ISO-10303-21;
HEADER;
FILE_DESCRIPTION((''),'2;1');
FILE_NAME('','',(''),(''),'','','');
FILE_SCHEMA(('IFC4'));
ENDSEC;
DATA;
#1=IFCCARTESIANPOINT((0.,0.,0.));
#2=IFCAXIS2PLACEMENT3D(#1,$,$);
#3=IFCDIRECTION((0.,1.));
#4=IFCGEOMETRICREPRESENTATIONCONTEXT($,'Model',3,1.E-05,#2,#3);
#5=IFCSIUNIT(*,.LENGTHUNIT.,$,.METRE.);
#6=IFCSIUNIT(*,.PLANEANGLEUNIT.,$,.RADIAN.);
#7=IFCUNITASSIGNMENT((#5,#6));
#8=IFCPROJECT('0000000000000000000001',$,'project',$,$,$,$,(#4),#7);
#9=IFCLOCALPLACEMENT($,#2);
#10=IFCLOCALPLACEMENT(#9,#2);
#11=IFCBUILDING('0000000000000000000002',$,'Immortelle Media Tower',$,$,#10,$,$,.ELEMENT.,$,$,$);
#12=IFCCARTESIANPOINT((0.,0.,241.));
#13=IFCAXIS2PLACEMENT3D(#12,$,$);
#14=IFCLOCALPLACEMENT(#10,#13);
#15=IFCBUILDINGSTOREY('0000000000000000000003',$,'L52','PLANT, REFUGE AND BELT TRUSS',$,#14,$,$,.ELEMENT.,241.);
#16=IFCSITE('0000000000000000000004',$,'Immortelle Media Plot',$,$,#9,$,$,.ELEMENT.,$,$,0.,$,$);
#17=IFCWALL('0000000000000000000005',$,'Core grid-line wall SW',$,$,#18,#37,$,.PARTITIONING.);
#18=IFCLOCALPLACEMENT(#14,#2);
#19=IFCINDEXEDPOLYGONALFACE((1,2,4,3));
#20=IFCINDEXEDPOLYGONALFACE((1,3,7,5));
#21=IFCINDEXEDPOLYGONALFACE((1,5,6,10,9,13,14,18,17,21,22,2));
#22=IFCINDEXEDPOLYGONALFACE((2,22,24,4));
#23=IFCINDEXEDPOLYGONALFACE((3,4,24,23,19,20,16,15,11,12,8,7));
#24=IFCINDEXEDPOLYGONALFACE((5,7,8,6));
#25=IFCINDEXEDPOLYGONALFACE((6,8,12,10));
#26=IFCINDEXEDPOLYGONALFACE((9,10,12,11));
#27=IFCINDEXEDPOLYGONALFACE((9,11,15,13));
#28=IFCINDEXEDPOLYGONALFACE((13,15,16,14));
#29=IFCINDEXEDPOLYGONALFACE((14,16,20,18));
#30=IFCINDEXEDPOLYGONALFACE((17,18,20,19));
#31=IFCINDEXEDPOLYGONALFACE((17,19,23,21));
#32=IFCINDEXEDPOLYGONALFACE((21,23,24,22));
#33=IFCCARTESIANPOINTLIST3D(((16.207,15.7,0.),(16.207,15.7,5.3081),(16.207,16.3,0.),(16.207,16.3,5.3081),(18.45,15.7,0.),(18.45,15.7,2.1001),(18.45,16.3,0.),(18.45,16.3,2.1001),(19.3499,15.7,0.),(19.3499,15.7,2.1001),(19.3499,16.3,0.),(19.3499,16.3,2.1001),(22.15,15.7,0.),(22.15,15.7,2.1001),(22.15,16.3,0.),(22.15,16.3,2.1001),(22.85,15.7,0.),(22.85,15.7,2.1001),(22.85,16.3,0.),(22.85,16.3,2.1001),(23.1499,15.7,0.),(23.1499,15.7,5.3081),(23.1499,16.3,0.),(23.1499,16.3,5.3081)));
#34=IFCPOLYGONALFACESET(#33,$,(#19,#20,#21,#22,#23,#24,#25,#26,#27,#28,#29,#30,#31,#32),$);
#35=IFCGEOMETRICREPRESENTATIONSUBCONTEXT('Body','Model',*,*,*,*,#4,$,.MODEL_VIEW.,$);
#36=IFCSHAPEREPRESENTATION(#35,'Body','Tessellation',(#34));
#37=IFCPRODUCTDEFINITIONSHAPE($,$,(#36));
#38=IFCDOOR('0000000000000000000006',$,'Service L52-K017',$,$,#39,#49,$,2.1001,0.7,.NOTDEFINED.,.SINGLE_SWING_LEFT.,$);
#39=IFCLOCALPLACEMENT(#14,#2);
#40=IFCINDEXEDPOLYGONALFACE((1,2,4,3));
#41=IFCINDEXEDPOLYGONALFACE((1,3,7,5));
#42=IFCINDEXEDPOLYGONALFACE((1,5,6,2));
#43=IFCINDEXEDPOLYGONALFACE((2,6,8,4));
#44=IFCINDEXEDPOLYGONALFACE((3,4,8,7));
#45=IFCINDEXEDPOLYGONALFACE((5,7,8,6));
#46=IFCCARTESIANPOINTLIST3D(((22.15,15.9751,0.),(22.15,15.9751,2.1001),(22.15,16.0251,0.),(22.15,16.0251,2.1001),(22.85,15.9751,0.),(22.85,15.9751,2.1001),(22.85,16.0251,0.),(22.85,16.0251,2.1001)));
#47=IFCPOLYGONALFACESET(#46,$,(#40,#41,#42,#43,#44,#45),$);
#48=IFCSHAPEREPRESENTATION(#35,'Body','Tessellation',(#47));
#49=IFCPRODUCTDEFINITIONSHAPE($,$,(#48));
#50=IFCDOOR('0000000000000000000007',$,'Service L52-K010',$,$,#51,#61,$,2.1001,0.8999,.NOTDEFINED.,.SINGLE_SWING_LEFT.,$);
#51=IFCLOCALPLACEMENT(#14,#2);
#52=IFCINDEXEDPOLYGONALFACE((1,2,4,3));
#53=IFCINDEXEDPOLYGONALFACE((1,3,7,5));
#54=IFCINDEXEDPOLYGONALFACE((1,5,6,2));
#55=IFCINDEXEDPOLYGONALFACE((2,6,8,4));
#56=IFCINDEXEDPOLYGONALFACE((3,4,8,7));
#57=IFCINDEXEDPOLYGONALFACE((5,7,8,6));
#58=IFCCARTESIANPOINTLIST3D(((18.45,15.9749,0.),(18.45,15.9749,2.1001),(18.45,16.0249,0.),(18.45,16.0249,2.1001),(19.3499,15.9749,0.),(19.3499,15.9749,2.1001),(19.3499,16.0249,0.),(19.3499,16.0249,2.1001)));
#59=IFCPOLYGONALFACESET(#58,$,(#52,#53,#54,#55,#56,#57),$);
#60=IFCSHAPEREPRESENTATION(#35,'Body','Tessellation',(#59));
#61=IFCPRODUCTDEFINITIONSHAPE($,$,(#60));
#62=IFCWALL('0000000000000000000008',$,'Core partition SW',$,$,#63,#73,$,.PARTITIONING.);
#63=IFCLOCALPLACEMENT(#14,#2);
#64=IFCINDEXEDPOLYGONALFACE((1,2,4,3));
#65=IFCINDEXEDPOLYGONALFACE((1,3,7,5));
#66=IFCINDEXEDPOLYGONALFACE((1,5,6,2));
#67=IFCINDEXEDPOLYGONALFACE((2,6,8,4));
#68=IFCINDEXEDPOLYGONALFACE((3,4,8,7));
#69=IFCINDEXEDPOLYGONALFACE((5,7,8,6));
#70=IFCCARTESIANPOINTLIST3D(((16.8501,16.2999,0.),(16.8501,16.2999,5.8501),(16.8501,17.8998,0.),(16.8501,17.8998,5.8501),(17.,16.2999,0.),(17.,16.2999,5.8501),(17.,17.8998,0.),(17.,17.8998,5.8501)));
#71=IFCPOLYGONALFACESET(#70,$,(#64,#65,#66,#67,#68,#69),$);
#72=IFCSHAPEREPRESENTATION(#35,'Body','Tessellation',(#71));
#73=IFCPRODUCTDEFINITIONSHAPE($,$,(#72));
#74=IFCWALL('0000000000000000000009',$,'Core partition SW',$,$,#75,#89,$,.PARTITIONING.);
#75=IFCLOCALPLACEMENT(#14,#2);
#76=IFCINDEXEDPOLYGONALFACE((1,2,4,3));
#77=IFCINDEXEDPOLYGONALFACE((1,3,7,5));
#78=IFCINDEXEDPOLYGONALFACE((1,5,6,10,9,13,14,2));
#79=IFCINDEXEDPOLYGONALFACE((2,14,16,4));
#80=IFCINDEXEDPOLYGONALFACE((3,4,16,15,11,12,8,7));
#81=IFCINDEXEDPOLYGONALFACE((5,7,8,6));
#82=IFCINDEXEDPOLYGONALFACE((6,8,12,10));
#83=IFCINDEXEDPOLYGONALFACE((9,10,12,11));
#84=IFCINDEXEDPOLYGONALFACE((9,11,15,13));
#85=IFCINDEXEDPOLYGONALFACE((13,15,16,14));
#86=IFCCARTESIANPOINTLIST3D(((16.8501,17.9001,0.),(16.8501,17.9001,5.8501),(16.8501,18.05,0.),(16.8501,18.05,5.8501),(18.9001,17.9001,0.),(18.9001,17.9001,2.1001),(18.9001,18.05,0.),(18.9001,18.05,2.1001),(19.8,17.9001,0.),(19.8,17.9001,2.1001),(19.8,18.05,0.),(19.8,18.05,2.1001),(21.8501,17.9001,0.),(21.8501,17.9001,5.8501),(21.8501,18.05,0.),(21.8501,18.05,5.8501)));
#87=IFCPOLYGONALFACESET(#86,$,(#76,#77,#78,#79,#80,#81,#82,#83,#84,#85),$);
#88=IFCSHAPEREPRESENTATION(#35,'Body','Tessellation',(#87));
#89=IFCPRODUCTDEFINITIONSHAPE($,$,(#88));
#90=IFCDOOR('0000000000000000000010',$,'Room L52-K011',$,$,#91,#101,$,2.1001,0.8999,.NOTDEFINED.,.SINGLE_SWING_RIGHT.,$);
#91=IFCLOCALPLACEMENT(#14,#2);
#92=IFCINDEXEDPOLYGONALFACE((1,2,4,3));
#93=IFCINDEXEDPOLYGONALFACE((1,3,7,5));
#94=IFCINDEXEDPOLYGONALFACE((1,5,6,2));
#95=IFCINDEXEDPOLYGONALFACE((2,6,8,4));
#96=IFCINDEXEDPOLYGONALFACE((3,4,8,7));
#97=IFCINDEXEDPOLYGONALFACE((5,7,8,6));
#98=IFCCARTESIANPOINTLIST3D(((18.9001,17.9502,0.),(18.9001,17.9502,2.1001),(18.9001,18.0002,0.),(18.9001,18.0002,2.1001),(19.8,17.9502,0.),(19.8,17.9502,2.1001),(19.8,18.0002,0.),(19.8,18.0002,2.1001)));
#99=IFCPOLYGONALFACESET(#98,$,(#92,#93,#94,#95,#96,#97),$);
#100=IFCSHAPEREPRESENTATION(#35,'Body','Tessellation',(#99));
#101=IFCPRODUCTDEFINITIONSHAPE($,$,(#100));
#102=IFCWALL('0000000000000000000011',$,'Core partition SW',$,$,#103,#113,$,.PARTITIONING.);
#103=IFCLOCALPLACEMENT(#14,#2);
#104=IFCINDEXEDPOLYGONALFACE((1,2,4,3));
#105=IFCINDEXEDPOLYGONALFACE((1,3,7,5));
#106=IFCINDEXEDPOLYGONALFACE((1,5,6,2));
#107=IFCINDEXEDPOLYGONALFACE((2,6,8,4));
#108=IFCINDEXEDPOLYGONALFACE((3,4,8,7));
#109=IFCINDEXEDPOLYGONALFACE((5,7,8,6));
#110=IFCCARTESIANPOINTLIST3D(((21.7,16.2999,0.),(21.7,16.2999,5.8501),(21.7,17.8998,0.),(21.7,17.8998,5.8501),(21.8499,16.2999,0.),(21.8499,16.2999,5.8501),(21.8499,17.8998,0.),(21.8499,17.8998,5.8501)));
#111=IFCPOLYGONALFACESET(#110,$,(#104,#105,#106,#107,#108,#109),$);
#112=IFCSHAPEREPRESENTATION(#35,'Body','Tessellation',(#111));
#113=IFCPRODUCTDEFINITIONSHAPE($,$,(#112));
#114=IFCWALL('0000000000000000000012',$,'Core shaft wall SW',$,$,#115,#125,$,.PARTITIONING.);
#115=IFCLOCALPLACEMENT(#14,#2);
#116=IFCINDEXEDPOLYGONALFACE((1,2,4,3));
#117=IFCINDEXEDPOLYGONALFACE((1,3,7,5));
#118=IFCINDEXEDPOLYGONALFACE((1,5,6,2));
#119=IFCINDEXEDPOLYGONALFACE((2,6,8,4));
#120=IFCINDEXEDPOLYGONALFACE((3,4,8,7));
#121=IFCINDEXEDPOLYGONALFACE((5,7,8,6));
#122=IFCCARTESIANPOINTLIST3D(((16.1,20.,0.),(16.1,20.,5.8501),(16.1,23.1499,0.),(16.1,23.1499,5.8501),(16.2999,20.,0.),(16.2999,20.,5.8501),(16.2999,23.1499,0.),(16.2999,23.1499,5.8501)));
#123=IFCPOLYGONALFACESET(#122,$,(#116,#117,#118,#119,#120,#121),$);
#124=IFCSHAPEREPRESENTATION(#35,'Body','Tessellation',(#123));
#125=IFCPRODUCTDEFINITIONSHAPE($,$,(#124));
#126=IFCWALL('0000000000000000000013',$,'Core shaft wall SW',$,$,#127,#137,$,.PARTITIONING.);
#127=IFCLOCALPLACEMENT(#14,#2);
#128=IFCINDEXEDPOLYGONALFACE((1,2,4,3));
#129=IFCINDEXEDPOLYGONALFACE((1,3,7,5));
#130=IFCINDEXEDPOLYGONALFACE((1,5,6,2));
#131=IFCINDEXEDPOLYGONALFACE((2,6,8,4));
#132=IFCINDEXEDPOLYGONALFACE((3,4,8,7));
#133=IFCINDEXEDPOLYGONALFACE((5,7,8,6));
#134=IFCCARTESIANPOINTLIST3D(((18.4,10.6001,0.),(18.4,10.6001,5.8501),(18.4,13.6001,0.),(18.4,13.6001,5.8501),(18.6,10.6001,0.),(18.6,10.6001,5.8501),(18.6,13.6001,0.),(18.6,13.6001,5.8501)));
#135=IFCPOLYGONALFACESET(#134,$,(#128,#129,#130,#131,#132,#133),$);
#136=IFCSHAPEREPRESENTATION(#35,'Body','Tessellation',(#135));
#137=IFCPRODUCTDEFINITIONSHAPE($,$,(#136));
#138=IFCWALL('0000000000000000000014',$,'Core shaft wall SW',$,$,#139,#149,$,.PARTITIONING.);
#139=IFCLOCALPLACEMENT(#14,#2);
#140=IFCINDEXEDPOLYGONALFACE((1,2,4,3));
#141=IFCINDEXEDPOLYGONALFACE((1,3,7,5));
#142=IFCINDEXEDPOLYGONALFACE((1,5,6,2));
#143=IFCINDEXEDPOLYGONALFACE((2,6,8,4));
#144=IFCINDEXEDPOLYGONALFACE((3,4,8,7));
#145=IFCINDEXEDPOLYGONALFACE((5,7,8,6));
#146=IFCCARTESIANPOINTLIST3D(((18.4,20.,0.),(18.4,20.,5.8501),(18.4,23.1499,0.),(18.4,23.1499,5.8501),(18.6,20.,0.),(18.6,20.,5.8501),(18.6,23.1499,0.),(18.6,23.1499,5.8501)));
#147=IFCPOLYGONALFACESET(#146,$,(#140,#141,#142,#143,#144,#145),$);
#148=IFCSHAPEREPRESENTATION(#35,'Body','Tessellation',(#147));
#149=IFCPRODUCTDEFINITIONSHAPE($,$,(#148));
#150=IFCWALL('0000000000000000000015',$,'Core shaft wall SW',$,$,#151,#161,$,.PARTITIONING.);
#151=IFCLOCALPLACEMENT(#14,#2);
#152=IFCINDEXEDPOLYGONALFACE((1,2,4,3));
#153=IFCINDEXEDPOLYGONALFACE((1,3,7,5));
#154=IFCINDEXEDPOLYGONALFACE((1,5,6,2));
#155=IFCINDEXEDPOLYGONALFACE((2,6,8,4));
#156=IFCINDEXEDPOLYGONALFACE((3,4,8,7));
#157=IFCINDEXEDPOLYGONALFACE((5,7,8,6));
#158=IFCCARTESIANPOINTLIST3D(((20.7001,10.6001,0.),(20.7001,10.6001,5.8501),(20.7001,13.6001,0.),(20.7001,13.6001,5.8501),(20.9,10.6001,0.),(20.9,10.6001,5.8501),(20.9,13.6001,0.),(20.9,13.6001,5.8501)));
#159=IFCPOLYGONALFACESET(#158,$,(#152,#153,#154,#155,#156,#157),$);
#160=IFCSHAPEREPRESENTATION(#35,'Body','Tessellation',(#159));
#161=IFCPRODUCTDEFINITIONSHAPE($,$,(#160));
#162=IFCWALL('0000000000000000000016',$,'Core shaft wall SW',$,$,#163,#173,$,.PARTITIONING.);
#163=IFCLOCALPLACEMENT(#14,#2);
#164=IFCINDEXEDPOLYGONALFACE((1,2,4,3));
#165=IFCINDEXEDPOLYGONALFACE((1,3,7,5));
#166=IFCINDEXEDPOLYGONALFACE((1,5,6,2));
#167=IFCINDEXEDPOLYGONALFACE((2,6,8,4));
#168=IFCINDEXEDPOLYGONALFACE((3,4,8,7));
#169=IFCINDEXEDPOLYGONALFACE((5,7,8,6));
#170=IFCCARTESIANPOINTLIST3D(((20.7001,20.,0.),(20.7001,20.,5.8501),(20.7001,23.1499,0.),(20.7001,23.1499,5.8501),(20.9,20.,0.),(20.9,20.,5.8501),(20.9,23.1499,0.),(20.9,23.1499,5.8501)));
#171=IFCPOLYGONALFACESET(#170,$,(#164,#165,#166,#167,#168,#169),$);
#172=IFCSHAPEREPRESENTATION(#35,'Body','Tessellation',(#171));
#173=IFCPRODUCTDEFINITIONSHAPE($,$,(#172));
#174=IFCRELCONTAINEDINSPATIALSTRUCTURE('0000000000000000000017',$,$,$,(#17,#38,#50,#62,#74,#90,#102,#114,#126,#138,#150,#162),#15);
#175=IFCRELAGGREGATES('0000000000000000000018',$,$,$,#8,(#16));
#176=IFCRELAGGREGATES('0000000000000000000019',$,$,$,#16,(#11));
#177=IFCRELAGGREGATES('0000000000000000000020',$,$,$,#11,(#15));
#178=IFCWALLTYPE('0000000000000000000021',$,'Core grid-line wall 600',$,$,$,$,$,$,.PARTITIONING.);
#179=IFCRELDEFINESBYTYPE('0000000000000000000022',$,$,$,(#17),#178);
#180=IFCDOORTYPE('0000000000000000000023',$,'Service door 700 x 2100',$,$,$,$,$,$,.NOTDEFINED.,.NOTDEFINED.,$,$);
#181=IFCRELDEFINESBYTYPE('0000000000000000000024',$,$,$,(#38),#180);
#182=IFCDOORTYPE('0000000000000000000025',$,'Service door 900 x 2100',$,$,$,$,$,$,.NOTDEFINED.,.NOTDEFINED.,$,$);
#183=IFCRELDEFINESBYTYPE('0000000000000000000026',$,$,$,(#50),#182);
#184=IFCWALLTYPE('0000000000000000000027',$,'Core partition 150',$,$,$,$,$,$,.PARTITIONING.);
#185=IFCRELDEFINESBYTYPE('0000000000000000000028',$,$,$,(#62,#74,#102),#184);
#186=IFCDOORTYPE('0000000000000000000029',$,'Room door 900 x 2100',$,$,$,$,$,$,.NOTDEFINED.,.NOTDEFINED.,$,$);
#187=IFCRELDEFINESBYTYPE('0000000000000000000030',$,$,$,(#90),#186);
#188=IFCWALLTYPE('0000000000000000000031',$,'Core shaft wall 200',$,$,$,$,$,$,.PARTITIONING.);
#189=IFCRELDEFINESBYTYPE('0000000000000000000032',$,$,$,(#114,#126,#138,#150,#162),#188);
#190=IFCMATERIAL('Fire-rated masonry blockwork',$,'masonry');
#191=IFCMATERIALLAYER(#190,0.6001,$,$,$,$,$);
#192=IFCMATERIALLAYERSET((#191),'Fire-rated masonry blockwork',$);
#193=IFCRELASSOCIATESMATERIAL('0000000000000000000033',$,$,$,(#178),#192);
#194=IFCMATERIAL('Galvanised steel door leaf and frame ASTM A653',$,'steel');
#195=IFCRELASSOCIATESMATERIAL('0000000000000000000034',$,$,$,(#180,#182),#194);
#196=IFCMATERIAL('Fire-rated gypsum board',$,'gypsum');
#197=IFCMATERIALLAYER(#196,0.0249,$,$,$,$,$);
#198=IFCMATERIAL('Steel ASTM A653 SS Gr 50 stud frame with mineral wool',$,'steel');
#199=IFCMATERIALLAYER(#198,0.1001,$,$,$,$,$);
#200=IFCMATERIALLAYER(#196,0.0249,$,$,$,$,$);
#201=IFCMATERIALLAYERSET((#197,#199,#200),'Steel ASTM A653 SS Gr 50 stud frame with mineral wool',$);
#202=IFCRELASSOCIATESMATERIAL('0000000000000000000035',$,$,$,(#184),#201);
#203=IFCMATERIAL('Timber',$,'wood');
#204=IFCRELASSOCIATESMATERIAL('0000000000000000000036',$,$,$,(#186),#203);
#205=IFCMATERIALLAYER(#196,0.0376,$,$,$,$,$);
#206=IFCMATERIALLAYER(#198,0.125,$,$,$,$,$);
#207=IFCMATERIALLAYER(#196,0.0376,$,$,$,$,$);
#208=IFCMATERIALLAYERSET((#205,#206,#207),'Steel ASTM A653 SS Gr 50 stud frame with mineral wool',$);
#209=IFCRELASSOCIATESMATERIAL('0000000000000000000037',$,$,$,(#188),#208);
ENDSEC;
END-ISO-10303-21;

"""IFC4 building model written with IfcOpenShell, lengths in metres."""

from ifc_helpers import new_model, si_unit, direction, frame, frame_2d, origin, place, context, subcontext, project, spatial, rectangle, extrude, material, layer, layer_set, type_object, element, fill, save


model = new_model("IFC4")

# Units and contexts
model_context = context("Model", 3, precision=1e-05, world=origin(), true_north=direction((0.0, 1.0)))
body_context = subcontext(model_context, "Body", "Model", "MODEL_VIEW")
ifc_project = project(units=[si_unit("LENGTHUNIT", "METRE"), si_unit("PLANEANGLEUNIT", "RADIAN")], contexts=[model_context])

# Site, building, storey
site_placement = place(None, origin())
site = spatial("IfcSite", under=ifc_project, at=site_placement, Name="Immortelle Media Plot", CompositionType="ELEMENT", RefElevation=0.0)
building_placement = place(site_placement, origin())
building = spatial("IfcBuilding", under=site, at=building_placement, Name="Immortelle Media Tower", CompositionType="ELEMENT")
storey_placement = place(building_placement, frame((0.0, 0.0, 241.0)))
storey = spatial("IfcBuildingStorey", under=building, at=storey_placement, Name="L52", Description="PLANT, REFUGE AND BELT TRUSS", CompositionType="ELEMENT", Elevation=241.0)

# Wall, openings, doors
ifc_material_1 = material(Name="Fire-rated masonry blockwork", Category="masonry")
ifc_layer_1 = layer(ifc_material_1, 0.6001)
ifc_layer_set_1 = layer_set([ifc_layer_1], Name="Fire-rated masonry blockwork")
wall_type_1 = type_object("IfcWallType", Name="Core grid-line wall 600", PredefinedType="PARTITIONING", material=ifc_layer_set_1)
wall_1_placement = place(storey_placement, frame((16.207, 16.0, 0.0), z_axis=(0.0, 0.0, 1.0), x_axis=(1.0, 0.0, 0.0)))
wall_1 = element("IfcWall", 1, at=wall_1_placement, inside=storey, type_object=wall_type_1, Name="Core grid-line wall SW", PredefinedType="PARTITIONING", context=body_context, shape_type="SweptSolid", body=[
    extrude(rectangle(XDim=6.9429, YDim=0.6001, at=frame_2d((3.4714, 0.0))), origin(), (0.0, 0.0, 1.0), 5.3081),
])
opening_1_placement = place(wall_1_placement, frame((2.2429, 0.0, 0.0)))
opening_1 = element("IfcOpeningElement", 2, at=opening_1_placement, cuts=wall_1, PredefinedType="OPENING", context=body_context, shape_type="SweptSolid", body=[
    extrude(rectangle(XDim=0.8999, YDim=2.1001, at=frame_2d((0.45, 1.05))), frame((0.0, 0.3101, 0.0), z_axis=(0.0, -1.0, 0.0), x_axis=(1.0, 0.0, 0.0)), (0.0, 0.0, 1.0), 0.6201),
])
opening_2_placement = place(wall_1_placement, frame((6.6431, 0.0, 0.0), z_axis=(0.0, 0.0, 1.0), x_axis=(-1.0, 0.0, 0.0)))
opening_2 = element("IfcOpeningElement", 3, at=opening_2_placement, cuts=wall_1, PredefinedType="OPENING", context=body_context, shape_type="SweptSolid", body=[
    extrude(rectangle(XDim=0.7, YDim=2.1001, at=frame_2d((0.3501, 1.05))), frame((0.0, 0.3101, 0.0), z_axis=(0.0, -1.0, 0.0), x_axis=(1.0, 0.0, 0.0)), (0.0, 0.0, 1.0), 0.6201),
])
ifc_material_2 = material(Name="Galvanised steel door leaf and frame ASTM A653", Category="steel")
door_type_1 = type_object("IfcDoorType", Name="Service door 700 x 2100", OperationType="NOTDEFINED", PredefinedType="NOTDEFINED", material=ifc_material_2)
door_1_placement = place(opening_2_placement, origin())
door_1 = element("IfcDoor", 4, at=door_1_placement, inside=storey, type_object=door_type_1, Name="Service L52-K017", OperationType="SINGLE_SWING_LEFT", OverallHeight=2.1001, OverallWidth=0.7, PredefinedType="NOTDEFINED", context=body_context, shape_type="SweptSolid", body=[
    extrude(rectangle(XDim=0.7, YDim=2.1001, at=frame_2d((0.3501, 1.05))), frame((0.0, 0.0249, 0.0), z_axis=(0.0, -1.0, 0.0), x_axis=(1.0, 0.0, 0.0)), (0.0, 0.0, 1.0), 0.05),
])
fill(opening_2, door_1)
door_type_2 = type_object("IfcDoorType", Name="Service door 900 x 2100", OperationType="NOTDEFINED", PredefinedType="NOTDEFINED", material=ifc_material_2)
door_2_placement = place(opening_1_placement, origin())
door_2 = element("IfcDoor", 5, at=door_2_placement, inside=storey, type_object=door_type_2, Name="Service L52-K010", OperationType="SINGLE_SWING_LEFT", OverallHeight=2.1001, OverallWidth=0.8999, PredefinedType="NOTDEFINED", context=body_context, shape_type="SweptSolid", body=[
    extrude(rectangle(XDim=0.8999, YDim=2.1001, at=frame_2d((0.45, 1.05))), frame((0.0, 0.0249, 0.0), z_axis=(0.0, -1.0, 0.0), x_axis=(1.0, 0.0, 0.0)), (0.0, 0.0, 1.0), 0.05),
])
fill(opening_1, door_2)

# Wall
ifc_material_3 = material(Name="Fire-rated gypsum board", Category="gypsum")
ifc_layer_2 = layer(ifc_material_3, 0.0249)
ifc_material_4 = material(Name="Steel ASTM A653 SS Gr 50 stud frame with mineral wool", Category="steel")
ifc_layer_3 = layer(ifc_material_4, 0.1001)
ifc_layer_4 = layer(ifc_material_3, 0.0249)
ifc_layer_set_2 = layer_set([ifc_layer_2, ifc_layer_3, ifc_layer_4], Name="Steel ASTM A653 SS Gr 50 stud frame with mineral wool")
wall_type_2 = type_object("IfcWallType", Name="Core partition 150", PredefinedType="PARTITIONING", material=ifc_layer_set_2)
wall_2_placement = place(storey_placement, frame((16.925, 16.3, 0.0), z_axis=(0.0, 0.0, 1.0), x_axis=(0.0, 1.0, 0.0)))
element("IfcWall", 6, at=wall_2_placement, inside=storey, type_object=wall_type_2, Name="Core partition SW", PredefinedType="PARTITIONING", context=body_context, shape_type="SweptSolid", body=[
    extrude(rectangle(XDim=1.5999, YDim=0.1499, at=frame_2d((0.7998, 0.0))), origin(), (0.0, 0.0, 1.0), 5.8501),
])

# Wall, opening, door
wall_3_placement = place(storey_placement, frame((16.8501, 17.9751, 0.0), z_axis=(0.0, 0.0, 1.0), x_axis=(1.0, 0.0, 0.0)))
wall_3 = element("IfcWall", 7, at=wall_3_placement, inside=storey, type_object=wall_type_2, Name="Core partition SW", PredefinedType="PARTITIONING", context=body_context, shape_type="SweptSolid", body=[
    extrude(rectangle(XDim=5.0, YDim=0.1499, at=frame_2d((2.5, 0.0))), origin(), (0.0, 0.0, 1.0), 5.8501),
])
opening_3_placement = place(wall_3_placement, frame((2.95, 0.0, 0.0), z_axis=(0.0, 0.0, 1.0), x_axis=(-1.0, 0.0, 0.0)))
opening_3 = element("IfcOpeningElement", 8, at=opening_3_placement, cuts=wall_3, PredefinedType="OPENING", context=body_context, shape_type="SweptSolid", body=[
    extrude(rectangle(XDim=0.8999, YDim=2.1001, at=frame_2d((0.45, 1.05))), frame((0.0, 0.085, 0.0), z_axis=(0.0, -1.0, 0.0), x_axis=(1.0, 0.0, 0.0)), (0.0, 0.0, 1.0), 0.1699),
])
ifc_material_5 = material(Name="Timber", Category="wood")
door_type_3 = type_object("IfcDoorType", Name="Room door 900 x 2100", OperationType="NOTDEFINED", PredefinedType="NOTDEFINED", material=ifc_material_5)
door_3_placement = place(opening_3_placement, origin())
door_3 = element("IfcDoor", 9, at=door_3_placement, inside=storey, type_object=door_type_3, Name="Room L52-K011", OperationType="SINGLE_SWING_RIGHT", OverallHeight=2.1001, OverallWidth=0.8999, PredefinedType="NOTDEFINED", context=body_context, shape_type="SweptSolid", body=[
    extrude(rectangle(XDim=0.8999, YDim=2.1001, at=frame_2d((0.45, 1.05))), frame((0.0, 0.0249, 0.0), z_axis=(0.0, -1.0, 0.0), x_axis=(1.0, 0.0, 0.0)), (0.0, 0.0, 1.0), 0.05),
])
fill(opening_3, door_3)

# Walls
wall_4_placement = place(storey_placement, frame((21.7749, 16.3, 0.0), z_axis=(0.0, 0.0, 1.0), x_axis=(0.0, 1.0, 0.0)))
element("IfcWall", 10, at=wall_4_placement, inside=storey, type_object=wall_type_2, Name="Core partition SW", PredefinedType="PARTITIONING", context=body_context, shape_type="SweptSolid", body=[
    extrude(rectangle(XDim=1.5999, YDim=0.1499, at=frame_2d((0.7998, 0.0))), origin(), (0.0, 0.0, 1.0), 5.8501),
])
ifc_layer_5 = layer(ifc_material_3, 0.0376)
ifc_layer_6 = layer(ifc_material_4, 0.125)
ifc_layer_7 = layer(ifc_material_3, 0.0376)
ifc_layer_set_3 = layer_set([ifc_layer_5, ifc_layer_6, ifc_layer_7], Name="Steel ASTM A653 SS Gr 50 stud frame with mineral wool")
wall_type_3 = type_object("IfcWallType", Name="Core shaft wall 200", PredefinedType="PARTITIONING", material=ifc_layer_set_3)
wall_5_placement = place(storey_placement, frame((16.2, 20.0, 0.0), z_axis=(0.0, 0.0, 1.0), x_axis=(0.0, 1.0, 0.0)))
element("IfcWall", 11, at=wall_5_placement, inside=storey, type_object=wall_type_3, Name="Core shaft wall SW", PredefinedType="PARTITIONING", context=body_context, shape_type="SweptSolid", body=[
    extrude(rectangle(XDim=3.1499, YDim=0.2, at=frame_2d((1.575, 0.0))), origin(), (0.0, 0.0, 1.0), 5.8501),
])
wall_6_placement = place(storey_placement, frame((18.5, 10.6001, 0.0), z_axis=(0.0, 0.0, 1.0), x_axis=(0.0, 1.0, 0.0)))
element("IfcWall", 12, at=wall_6_placement, inside=storey, type_object=wall_type_3, Name="Core shaft wall SW", PredefinedType="PARTITIONING", context=body_context, shape_type="SweptSolid", body=[
    extrude(rectangle(XDim=3.0, YDim=0.2, at=frame_2d((1.5, 0.0))), origin(), (0.0, 0.0, 1.0), 5.8501),
])
wall_7_placement = place(storey_placement, frame((18.5, 20.0, 0.0), z_axis=(0.0, 0.0, 1.0), x_axis=(0.0, 1.0, 0.0)))
element("IfcWall", 13, at=wall_7_placement, inside=storey, type_object=wall_type_3, Name="Core shaft wall SW", PredefinedType="PARTITIONING", context=body_context, shape_type="SweptSolid", body=[
    extrude(rectangle(XDim=3.1499, YDim=0.2, at=frame_2d((1.575, 0.0))), origin(), (0.0, 0.0, 1.0), 5.8501),
])
wall_8_placement = place(storey_placement, frame((20.8, 10.6001, 0.0), z_axis=(0.0, 0.0, 1.0), x_axis=(0.0, 1.0, 0.0)))
element("IfcWall", 14, at=wall_8_placement, inside=storey, type_object=wall_type_3, Name="Core shaft wall SW", PredefinedType="PARTITIONING", context=body_context, shape_type="SweptSolid", body=[
    extrude(rectangle(XDim=3.0, YDim=0.2, at=frame_2d((1.5, 0.0))), origin(), (0.0, 0.0, 1.0), 5.8501),
])
wall_9_placement = place(storey_placement, frame((20.8, 20.0, 0.0), z_axis=(0.0, 0.0, 1.0), x_axis=(0.0, 1.0, 0.0)))
element("IfcWall", 15, at=wall_9_placement, inside=storey, type_object=wall_type_3, Name="Core shaft wall SW", PredefinedType="PARTITIONING", context=body_context, shape_type="SweptSolid", body=[
    extrude(rectangle(XDim=3.1499, YDim=0.2, at=frame_2d((1.575, 0.0))), origin(), (0.0, 0.0, 1.0), 5.8501),
])

save(model, "model.ifc")
